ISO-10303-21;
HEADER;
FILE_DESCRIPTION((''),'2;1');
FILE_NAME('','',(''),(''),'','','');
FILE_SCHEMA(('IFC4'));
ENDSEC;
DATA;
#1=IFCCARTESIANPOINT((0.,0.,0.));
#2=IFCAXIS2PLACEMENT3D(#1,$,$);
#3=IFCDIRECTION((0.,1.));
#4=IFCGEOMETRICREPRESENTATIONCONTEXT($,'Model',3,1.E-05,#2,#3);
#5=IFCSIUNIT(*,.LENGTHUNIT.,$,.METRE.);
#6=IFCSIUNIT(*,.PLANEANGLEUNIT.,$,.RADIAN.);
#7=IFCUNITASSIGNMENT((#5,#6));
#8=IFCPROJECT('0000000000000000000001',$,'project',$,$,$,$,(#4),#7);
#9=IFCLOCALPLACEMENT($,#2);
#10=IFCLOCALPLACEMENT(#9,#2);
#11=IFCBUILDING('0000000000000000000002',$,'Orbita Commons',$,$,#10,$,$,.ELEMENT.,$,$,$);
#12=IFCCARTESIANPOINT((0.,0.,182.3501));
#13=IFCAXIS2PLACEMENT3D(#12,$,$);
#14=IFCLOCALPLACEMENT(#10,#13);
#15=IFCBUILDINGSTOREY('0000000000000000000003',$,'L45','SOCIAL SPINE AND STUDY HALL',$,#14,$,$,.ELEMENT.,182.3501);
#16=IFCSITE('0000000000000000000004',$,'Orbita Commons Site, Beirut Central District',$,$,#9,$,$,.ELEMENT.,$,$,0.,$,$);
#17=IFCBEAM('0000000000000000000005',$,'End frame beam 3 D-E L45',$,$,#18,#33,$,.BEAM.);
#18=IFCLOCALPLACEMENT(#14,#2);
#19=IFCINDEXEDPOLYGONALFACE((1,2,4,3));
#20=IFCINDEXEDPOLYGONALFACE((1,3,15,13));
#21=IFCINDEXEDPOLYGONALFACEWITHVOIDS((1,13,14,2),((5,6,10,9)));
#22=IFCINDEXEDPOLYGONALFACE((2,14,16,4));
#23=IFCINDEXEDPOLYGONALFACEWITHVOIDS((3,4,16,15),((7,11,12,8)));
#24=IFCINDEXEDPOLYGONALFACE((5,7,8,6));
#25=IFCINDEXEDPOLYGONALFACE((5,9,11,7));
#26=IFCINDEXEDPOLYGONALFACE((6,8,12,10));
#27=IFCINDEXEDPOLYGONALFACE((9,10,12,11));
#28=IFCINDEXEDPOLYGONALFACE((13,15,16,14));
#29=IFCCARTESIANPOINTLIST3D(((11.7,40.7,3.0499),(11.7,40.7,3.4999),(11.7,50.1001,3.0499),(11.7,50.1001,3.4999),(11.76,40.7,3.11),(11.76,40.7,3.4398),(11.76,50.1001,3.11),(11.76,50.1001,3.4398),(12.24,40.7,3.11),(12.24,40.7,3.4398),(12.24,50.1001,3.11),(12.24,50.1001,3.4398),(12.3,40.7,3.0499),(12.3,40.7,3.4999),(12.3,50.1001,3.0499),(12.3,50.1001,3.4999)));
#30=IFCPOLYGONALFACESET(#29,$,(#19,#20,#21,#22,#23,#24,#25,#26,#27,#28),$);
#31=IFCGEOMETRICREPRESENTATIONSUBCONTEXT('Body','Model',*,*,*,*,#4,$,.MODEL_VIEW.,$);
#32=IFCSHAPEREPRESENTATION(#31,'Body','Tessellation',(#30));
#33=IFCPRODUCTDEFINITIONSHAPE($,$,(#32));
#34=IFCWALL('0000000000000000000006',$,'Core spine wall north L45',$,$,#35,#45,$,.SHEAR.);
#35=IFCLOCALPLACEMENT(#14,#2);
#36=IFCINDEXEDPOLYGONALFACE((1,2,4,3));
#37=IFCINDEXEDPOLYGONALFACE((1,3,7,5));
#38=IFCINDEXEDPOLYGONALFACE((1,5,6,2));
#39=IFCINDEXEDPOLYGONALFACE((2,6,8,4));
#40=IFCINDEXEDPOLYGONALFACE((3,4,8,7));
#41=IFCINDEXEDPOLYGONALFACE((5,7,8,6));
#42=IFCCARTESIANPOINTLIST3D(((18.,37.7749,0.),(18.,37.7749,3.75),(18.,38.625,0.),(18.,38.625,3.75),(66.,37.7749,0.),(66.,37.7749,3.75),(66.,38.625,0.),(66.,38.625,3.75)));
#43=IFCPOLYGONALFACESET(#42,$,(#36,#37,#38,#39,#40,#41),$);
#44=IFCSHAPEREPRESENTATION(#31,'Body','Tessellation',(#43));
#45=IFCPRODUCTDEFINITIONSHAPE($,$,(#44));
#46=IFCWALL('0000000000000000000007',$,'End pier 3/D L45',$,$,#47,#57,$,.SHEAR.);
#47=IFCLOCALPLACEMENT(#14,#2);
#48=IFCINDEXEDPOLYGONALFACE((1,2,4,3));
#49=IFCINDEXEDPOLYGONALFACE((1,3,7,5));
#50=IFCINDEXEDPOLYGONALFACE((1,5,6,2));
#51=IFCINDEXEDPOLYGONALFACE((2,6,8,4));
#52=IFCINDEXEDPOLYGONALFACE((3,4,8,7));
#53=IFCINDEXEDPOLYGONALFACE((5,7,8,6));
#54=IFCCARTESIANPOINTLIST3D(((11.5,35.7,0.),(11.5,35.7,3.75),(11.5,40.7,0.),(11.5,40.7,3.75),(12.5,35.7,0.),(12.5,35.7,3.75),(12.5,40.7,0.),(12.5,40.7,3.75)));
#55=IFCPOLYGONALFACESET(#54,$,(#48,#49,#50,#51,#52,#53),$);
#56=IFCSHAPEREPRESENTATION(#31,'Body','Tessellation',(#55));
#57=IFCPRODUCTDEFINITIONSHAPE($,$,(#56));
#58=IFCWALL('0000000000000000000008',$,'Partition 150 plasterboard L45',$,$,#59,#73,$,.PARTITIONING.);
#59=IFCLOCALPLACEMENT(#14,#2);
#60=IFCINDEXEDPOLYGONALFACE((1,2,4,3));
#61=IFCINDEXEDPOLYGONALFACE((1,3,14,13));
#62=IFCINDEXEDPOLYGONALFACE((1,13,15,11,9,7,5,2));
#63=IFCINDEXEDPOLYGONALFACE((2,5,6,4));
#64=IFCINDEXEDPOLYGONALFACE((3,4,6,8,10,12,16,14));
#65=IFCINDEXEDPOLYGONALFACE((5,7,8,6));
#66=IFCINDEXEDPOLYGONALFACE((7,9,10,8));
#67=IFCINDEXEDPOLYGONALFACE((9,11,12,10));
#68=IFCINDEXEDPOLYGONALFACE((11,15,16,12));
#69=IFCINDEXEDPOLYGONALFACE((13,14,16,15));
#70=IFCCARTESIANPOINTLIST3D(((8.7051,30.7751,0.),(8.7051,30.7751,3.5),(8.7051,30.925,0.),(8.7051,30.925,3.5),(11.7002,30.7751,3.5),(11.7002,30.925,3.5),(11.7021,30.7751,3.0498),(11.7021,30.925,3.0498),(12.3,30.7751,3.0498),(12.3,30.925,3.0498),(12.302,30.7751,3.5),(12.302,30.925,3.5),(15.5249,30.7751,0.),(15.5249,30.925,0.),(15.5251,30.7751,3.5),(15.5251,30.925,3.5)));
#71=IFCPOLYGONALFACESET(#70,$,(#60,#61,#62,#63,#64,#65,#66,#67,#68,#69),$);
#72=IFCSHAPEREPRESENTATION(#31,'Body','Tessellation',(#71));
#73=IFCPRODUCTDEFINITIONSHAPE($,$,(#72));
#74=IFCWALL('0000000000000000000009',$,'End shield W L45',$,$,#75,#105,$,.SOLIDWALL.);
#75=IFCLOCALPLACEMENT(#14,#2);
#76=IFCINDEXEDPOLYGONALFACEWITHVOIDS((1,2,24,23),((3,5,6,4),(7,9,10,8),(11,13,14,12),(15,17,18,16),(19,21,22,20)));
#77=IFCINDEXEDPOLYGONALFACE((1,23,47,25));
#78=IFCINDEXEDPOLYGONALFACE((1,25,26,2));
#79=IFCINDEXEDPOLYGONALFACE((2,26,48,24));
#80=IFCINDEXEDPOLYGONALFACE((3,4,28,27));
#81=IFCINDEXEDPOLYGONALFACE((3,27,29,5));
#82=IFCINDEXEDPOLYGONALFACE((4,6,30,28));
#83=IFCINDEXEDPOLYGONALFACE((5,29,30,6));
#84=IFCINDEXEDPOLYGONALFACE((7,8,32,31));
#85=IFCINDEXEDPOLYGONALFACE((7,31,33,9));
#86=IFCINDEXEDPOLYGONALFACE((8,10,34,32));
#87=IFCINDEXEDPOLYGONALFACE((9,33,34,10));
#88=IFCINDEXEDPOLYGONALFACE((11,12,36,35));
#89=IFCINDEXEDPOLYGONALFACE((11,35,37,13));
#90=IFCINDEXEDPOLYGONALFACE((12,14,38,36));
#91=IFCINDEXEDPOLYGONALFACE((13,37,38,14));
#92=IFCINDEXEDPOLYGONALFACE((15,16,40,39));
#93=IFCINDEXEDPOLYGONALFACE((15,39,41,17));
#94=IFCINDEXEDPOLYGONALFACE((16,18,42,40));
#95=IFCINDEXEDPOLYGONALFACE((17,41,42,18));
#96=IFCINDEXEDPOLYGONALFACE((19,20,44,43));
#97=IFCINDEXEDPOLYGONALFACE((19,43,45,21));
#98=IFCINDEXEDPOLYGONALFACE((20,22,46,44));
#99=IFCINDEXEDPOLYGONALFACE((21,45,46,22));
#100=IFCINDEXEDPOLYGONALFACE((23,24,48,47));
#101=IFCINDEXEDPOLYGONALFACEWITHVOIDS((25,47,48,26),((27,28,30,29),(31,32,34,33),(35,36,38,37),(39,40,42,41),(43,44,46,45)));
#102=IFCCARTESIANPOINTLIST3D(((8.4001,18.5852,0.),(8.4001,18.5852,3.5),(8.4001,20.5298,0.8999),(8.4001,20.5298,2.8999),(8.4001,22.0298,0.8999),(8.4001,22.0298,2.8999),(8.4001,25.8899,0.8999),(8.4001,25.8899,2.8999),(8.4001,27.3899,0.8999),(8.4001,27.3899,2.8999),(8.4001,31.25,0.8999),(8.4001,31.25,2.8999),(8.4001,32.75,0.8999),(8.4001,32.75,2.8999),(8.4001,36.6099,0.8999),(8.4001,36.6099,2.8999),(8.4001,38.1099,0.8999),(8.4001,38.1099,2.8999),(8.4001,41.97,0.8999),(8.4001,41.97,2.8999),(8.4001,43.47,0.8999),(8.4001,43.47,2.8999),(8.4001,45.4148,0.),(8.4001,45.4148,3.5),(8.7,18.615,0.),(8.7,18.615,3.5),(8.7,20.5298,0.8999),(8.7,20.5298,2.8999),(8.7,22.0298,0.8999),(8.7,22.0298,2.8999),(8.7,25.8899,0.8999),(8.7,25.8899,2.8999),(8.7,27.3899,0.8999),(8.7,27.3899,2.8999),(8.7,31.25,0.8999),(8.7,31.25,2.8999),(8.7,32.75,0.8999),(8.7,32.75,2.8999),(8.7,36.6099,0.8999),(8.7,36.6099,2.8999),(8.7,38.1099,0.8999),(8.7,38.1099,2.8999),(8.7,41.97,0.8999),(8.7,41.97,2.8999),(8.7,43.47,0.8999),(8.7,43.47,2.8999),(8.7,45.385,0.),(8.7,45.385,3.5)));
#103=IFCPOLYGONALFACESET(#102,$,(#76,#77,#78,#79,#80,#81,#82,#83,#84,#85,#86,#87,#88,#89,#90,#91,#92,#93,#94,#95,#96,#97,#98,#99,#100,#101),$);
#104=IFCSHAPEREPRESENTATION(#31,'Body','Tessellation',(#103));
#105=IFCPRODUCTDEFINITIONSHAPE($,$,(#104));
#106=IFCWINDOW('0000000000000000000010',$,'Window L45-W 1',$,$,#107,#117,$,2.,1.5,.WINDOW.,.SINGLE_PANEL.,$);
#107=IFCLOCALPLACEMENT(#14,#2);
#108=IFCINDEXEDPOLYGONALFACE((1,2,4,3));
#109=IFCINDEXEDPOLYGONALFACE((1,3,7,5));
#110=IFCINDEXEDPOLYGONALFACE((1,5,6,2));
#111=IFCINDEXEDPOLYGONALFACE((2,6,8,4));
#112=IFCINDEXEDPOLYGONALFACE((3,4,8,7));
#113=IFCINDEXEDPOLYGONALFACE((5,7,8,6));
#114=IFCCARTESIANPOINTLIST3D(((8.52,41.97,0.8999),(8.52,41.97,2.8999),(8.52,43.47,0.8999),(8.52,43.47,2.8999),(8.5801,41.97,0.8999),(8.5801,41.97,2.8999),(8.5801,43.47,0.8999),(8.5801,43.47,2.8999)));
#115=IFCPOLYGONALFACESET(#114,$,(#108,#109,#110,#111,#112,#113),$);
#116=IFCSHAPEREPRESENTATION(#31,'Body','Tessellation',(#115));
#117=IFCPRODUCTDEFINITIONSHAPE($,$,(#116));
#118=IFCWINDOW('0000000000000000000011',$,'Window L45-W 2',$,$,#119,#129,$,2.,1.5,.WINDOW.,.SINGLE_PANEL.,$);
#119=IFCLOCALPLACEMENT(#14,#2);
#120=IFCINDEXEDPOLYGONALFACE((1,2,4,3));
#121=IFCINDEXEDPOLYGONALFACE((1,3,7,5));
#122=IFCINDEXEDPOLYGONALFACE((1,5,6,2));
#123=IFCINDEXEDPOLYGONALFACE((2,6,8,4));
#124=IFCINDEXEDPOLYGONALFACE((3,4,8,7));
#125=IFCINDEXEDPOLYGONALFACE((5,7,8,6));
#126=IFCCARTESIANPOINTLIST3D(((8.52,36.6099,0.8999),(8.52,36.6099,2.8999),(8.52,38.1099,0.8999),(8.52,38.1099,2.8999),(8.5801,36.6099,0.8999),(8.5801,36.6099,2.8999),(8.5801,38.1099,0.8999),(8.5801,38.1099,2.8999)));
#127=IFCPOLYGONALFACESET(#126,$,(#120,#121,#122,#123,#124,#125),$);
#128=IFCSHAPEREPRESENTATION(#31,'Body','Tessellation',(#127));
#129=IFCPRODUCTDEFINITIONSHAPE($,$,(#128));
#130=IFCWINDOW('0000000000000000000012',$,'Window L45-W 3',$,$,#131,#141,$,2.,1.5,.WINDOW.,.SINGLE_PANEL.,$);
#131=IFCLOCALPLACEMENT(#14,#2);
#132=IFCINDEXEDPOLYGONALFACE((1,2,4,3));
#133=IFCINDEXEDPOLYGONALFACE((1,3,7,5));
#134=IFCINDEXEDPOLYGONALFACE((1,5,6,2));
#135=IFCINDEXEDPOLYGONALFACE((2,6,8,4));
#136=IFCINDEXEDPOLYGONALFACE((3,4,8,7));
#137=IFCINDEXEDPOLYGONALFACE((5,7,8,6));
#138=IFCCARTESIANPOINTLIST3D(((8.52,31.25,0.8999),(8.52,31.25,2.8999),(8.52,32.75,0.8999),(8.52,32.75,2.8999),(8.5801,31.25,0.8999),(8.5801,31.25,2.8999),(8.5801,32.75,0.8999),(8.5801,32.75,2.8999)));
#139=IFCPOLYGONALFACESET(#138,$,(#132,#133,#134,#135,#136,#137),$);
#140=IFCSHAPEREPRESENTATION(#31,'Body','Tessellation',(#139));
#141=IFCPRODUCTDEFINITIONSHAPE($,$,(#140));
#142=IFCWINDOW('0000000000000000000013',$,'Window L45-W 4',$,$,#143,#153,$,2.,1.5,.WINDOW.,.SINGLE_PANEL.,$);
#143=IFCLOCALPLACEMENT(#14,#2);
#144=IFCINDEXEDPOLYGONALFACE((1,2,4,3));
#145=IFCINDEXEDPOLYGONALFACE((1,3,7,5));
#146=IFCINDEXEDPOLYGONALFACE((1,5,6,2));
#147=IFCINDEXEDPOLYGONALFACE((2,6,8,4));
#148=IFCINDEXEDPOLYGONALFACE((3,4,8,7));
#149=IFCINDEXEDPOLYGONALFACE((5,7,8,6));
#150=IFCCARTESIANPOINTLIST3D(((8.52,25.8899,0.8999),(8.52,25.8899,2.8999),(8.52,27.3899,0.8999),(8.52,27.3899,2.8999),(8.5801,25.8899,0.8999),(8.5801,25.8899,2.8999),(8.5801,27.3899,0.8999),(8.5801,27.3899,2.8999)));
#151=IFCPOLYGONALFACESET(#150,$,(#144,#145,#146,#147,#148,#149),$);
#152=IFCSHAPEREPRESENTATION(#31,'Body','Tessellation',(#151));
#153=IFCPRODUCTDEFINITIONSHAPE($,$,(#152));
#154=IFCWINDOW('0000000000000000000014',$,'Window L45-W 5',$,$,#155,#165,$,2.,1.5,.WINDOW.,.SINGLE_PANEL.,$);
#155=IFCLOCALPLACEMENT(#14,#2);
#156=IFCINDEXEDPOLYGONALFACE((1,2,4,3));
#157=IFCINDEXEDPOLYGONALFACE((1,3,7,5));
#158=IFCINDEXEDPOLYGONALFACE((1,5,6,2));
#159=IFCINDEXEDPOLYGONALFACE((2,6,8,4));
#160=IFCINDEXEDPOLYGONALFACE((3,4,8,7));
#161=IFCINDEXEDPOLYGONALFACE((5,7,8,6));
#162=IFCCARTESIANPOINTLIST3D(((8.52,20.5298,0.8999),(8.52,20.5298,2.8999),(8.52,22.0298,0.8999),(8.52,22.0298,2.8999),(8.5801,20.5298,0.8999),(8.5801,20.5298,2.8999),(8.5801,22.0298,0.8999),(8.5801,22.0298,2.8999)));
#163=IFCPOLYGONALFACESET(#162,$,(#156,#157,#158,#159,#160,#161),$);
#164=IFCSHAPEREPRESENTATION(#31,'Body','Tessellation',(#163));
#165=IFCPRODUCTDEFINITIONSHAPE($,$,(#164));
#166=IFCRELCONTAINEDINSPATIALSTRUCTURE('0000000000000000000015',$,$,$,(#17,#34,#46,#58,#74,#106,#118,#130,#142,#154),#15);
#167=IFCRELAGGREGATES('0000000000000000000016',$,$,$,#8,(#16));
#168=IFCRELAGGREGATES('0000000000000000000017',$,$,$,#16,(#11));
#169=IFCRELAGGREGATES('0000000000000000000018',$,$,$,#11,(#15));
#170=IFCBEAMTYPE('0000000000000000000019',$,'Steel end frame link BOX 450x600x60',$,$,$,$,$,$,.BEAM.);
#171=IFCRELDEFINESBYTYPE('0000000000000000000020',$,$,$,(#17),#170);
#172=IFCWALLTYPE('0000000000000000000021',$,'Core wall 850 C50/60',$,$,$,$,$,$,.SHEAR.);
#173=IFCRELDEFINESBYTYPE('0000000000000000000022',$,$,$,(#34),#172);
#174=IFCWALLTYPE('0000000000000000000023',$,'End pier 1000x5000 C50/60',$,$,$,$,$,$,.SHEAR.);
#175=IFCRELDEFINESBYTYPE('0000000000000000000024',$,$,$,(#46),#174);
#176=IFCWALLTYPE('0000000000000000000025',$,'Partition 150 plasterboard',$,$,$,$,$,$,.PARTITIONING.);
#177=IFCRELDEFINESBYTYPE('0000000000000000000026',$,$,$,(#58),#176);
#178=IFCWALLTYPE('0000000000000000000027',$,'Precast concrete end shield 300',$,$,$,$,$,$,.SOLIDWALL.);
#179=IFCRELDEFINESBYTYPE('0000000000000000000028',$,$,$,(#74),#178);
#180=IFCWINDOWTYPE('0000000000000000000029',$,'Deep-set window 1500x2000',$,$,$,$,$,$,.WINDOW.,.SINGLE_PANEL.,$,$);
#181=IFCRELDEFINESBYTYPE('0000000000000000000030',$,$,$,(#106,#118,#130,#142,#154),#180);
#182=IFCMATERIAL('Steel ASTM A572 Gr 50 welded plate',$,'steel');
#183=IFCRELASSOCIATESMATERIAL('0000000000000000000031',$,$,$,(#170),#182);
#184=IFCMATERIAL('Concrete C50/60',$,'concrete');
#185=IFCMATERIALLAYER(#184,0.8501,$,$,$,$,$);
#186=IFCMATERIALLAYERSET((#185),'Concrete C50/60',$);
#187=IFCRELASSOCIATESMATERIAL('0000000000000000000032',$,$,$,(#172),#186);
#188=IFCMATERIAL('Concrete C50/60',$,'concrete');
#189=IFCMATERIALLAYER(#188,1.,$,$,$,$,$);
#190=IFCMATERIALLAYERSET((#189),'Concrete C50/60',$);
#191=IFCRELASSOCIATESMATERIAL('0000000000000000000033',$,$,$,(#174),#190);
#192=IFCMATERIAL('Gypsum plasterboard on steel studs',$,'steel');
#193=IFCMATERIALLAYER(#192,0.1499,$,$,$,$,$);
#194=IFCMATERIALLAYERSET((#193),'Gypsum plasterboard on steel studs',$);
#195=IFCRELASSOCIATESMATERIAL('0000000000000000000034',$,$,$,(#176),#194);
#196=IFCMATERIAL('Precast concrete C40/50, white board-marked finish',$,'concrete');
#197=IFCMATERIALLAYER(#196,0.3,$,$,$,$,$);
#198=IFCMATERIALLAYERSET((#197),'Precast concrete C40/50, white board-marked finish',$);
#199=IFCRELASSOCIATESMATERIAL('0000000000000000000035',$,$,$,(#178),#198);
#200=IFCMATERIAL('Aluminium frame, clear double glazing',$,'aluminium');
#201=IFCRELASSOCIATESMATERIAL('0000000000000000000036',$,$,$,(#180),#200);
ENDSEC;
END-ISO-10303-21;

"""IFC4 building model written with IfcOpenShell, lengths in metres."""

from ifc_helpers import new_model, si_unit, direction, frame, frame_2d, origin, origin_2d, place, context, subcontext, project, spatial, polyline, rectangle, hollow_rectangle, outline, extrude, material, layer, layer_set, material_profile, profile_set, type_object, element, fill, save


model = new_model("IFC4")

# Units and contexts
model_context = context("Model", 3, precision=1e-05, world=origin(), true_north=direction((0.0, 1.0)))
body_context = subcontext(model_context, "Body", "Model", "MODEL_VIEW")
ifc_project = project(units=[si_unit("LENGTHUNIT", "METRE"), si_unit("PLANEANGLEUNIT", "RADIAN")], contexts=[model_context])

# Site, building, storey
site_placement = place(None, origin())
site = spatial("IfcSite", under=ifc_project, at=site_placement, Name="Orbita Commons Site, Beirut Central District", CompositionType="ELEMENT", RefElevation=0.0)
building_placement = place(site_placement, origin())
building = spatial("IfcBuilding", under=site, at=building_placement, Name="Orbita Commons", CompositionType="ELEMENT")
storey_placement = place(building_placement, frame((0.0, 0.0, 182.3501)))
storey = spatial("IfcBuildingStorey", under=building, at=storey_placement, Name="L45", Description="SOCIAL SPINE AND STUDY HALL", CompositionType="ELEMENT", Elevation=182.3501)

# Beam
ifc_material_1 = material(Name="Steel ASTM A572 Gr 50 welded plate", Category="steel")
ifc_material_profile = material_profile(ifc_material_1, hollow_rectangle(XDim=0.6001, YDim=0.45, WallThickness=0.0601, at=origin_2d()), Name="BOX 450x600x60")
ifc_profile_set = profile_set([ifc_material_profile], Name="Steel ASTM A572 Gr 50 welded plate")
beam_type = type_object("IfcBeamType", Name="Steel end frame link BOX 450x600x60", PredefinedType="BEAM", material=ifc_profile_set)
beam_placement = place(storey_placement, frame((12.0, 40.7, 3.2749), z_axis=(0.0, 1.0, 0.0), x_axis=(-1.0, 0.0, 0.0)))
element("IfcBeam", 1, at=beam_placement, inside=storey, type_object=beam_type, Name="End frame beam 3 D-E L45", PredefinedType="BEAM", context=body_context, shape_type="SweptSolid", body=[
    extrude(hollow_rectangle(XDim=0.6001, YDim=0.45, WallThickness=0.0601, at=origin_2d()), origin(), (0.0, 0.0, 1.0), 9.4001),
])

# Walls
ifc_material_2 = material(Name="Concrete C50/60", Category="concrete")
ifc_layer_1 = layer(ifc_material_2, 0.8501)
ifc_layer_set_1 = layer_set([ifc_layer_1], Name="Concrete C50/60")
wall_type_1 = type_object("IfcWallType", Name="Core wall 850 C50/60", PredefinedType="SHEAR", material=ifc_layer_set_1)
wall_1_placement = place(storey_placement, frame((18.0, 38.2, 0.0), z_axis=(0.0, 0.0, 1.0), x_axis=(1.0, 0.0, 0.0)))
element("IfcWall", 2, at=wall_1_placement, inside=storey, type_object=wall_type_1, Name="Core spine wall north L45", PredefinedType="SHEAR", context=body_context, shape_type="SweptSolid", body=[
    extrude(rectangle(XDim=48.0, YDim=0.8501, at=frame_2d((24.0, 0.0))), origin(), (0.0, 0.0, 1.0), 3.75),
])
ifc_material_3 = material(Name="Concrete C50/60", Category="concrete")
ifc_layer_2 = layer(ifc_material_3, 1.0)
ifc_layer_set_2 = layer_set([ifc_layer_2], Name="Concrete C50/60")
wall_type_2 = type_object("IfcWallType", Name="End pier 1000x5000 C50/60", PredefinedType="SHEAR", material=ifc_layer_set_2)
wall_2_placement = place(storey_placement, frame((12.0, 35.7, 0.0), z_axis=(0.0, 0.0, 1.0), x_axis=(0.0, 1.0, 0.0)))
element("IfcWall", 3, at=wall_2_placement, inside=storey, type_object=wall_type_2, Name="End pier 3/D L45", PredefinedType="SHEAR", context=body_context, shape_type="SweptSolid", body=[
    extrude(rectangle(XDim=5.0, YDim=1.0, at=frame_2d((2.5, 0.0))), origin(), (0.0, 0.0, 1.0), 3.75),
])
ifc_material_4 = material(Name="Gypsum plasterboard on steel studs", Category="steel")
ifc_layer_3 = layer(ifc_material_4, 0.1499)
ifc_layer_set_3 = layer_set([ifc_layer_3], Name="Gypsum plasterboard on steel studs")
wall_type_3 = type_object("IfcWallType", Name="Partition 150 plasterboard", PredefinedType="PARTITIONING", material=ifc_layer_set_3)
wall_3_placement = place(storey_placement, frame((8.7051, 30.8501, 0.0), z_axis=(0.0, 0.0, 1.0), x_axis=(1.0, 0.0, 0.0)))
element("IfcWall", 4, at=wall_3_placement, inside=storey, type_object=wall_type_3, Name="Partition 150 plasterboard L45", PredefinedType="PARTITIONING", context=body_context, shape_type="SweptSolid", body=[
    extrude(outline(polyline([(0.0, 0.0), (6.8198, 0.0), (6.8201, 3.5), (3.5969, 3.5), (3.595, 3.0498), (2.9971, 3.0498), (2.9951, 3.5), (0.0, 3.5), (0.0, 0.0)])), frame((0.0, 0.075, 0.0), z_axis=(0.0, -1.0, 0.0), x_axis=(1.0, 0.0, 0.0)), (0.0, 0.0, 1.0), 0.1499),
])

# Wall, openings, windows
ifc_material_5 = material(Name="Precast concrete C40/50, white board-marked finish", Category="concrete")
ifc_layer_4 = layer(ifc_material_5, 0.3)
ifc_layer_set_4 = layer_set([ifc_layer_4], Name="Precast concrete C40/50, white board-marked finish")
wall_type_4 = type_object("IfcWallType", Name="Precast concrete end shield 300", PredefinedType="SOLIDWALL", material=ifc_layer_set_4)
wall_4_placement = place(storey_placement, frame((8.55, 45.3999, 0.0), z_axis=(0.0, 0.0, 1.0), x_axis=(0.0, -1.0, 0.0)))
wall_4 = element("IfcWall", 5, at=wall_4_placement, inside=storey, type_object=wall_type_4, Name="End shield W L45", PredefinedType="SOLIDWALL", context=body_context, shape_type="SweptSolid", body=[
    extrude(outline(polyline([(-0.0149, -0.1499), (26.8147, -0.1499), (26.7849, 0.1499), (0.0149, 0.1499), (-0.0149, -0.1499)])), origin(), (0.0, 0.0, 1.0), 3.5),
])
opening_1_placement = place(wall_4_placement, frame((1.9299, 0.0, 0.8999)))
opening_1 = element("IfcOpeningElement", 6, at=opening_1_placement, cuts=wall_4, PredefinedType="OPENING", context=body_context, shape_type="SweptSolid", body=[
    extrude(rectangle(XDim=1.5, YDim=2.0, at=frame_2d((0.75, 1.0))), frame((0.0, 0.1599, 0.0), z_axis=(0.0, -1.0, 0.0), x_axis=(1.0, 0.0, 0.0)), (0.0, 0.0, 1.0), 0.3201),
])
opening_2_placement = place(wall_4_placement, frame((7.29, 0.0, 0.8999)))
opening_2 = element("IfcOpeningElement", 7, at=opening_2_placement, cuts=wall_4, PredefinedType="OPENING", context=body_context, shape_type="SweptSolid", body=[
    extrude(rectangle(XDim=1.5, YDim=2.0, at=frame_2d((0.75, 1.0))), frame((0.0, 0.1599, 0.0), z_axis=(0.0, -1.0, 0.0), x_axis=(1.0, 0.0, 0.0)), (0.0, 0.0, 1.0), 0.3201),
])
opening_3_placement = place(wall_4_placement, frame((12.6499, 0.0, 0.8999)))
opening_3 = element("IfcOpeningElement", 8, at=opening_3_placement, cuts=wall_4, PredefinedType="OPENING", context=body_context, shape_type="SweptSolid", body=[
    extrude(rectangle(XDim=1.5, YDim=2.0, at=frame_2d((0.75, 1.0))), frame((0.0, 0.1599, 0.0), z_axis=(0.0, -1.0, 0.0), x_axis=(1.0, 0.0, 0.0)), (0.0, 0.0, 1.0), 0.3201),
])
opening_4_placement = place(wall_4_placement, frame((18.01, 0.0, 0.8999)))
opening_4 = element("IfcOpeningElement", 9, at=opening_4_placement, cuts=wall_4, PredefinedType="OPENING", context=body_context, shape_type="SweptSolid", body=[
    extrude(rectangle(XDim=1.5, YDim=2.0, at=frame_2d((0.75, 1.0))), frame((0.0, 0.1599, 0.0), z_axis=(0.0, -1.0, 0.0), x_axis=(1.0, 0.0, 0.0)), (0.0, 0.0, 1.0), 0.3201),
])
opening_5_placement = place(wall_4_placement, frame((23.3701, 0.0, 0.8999)))
opening_5 = element("IfcOpeningElement", 10, at=opening_5_placement, cuts=wall_4, PredefinedType="OPENING", context=body_context, shape_type="SweptSolid", body=[
    extrude(rectangle(XDim=1.5, YDim=2.0, at=frame_2d((0.75, 1.0))), frame((0.0, 0.1599, 0.0), z_axis=(0.0, -1.0, 0.0), x_axis=(1.0, 0.0, 0.0)), (0.0, 0.0, 1.0), 0.3201),
])
ifc_material_6 = material(Name="Aluminium frame, clear double glazing", Category="aluminium")
window_type = type_object("IfcWindowType", Name="Deep-set window 1500x2000", PartitioningType="SINGLE_PANEL", PredefinedType="WINDOW", material=ifc_material_6)
window_1_placement = place(opening_1_placement, origin())
window_1 = element("IfcWindow", 11, at=window_1_placement, inside=storey, type_object=window_type, Name="Window L45-W 1", OverallHeight=2.0, OverallWidth=1.5, PartitioningType="SINGLE_PANEL", PredefinedType="WINDOW", context=body_context, shape_type="SweptSolid", body=[
    extrude(rectangle(XDim=1.5, YDim=2.0, at=frame_2d((0.75, 1.0))), frame((0.0, 0.03, 0.0), z_axis=(0.0, -1.0, 0.0), x_axis=(1.0, 0.0, 0.0)), (0.0, 0.0, 1.0), 0.0601),
])
fill(opening_1, window_1)
window_2_placement = place(opening_2_placement, origin())
window_2 = element("IfcWindow", 12, at=window_2_placement, inside=storey, type_object=window_type, Name="Window L45-W 2", OverallHeight=2.0, OverallWidth=1.5, PartitioningType="SINGLE_PANEL", PredefinedType="WINDOW", context=body_context, shape_type="SweptSolid", body=[
    extrude(rectangle(XDim=1.5, YDim=2.0, at=frame_2d((0.75, 1.0))), frame((0.0, 0.03, 0.0), z_axis=(0.0, -1.0, 0.0), x_axis=(1.0, 0.0, 0.0)), (0.0, 0.0, 1.0), 0.0601),
])
fill(opening_2, window_2)
window_3_placement = place(opening_3_placement, origin())
window_3 = element("IfcWindow", 13, at=window_3_placement, inside=storey, type_object=window_type, Name="Window L45-W 3", OverallHeight=2.0, OverallWidth=1.5, PartitioningType="SINGLE_PANEL", PredefinedType="WINDOW", context=body_context, shape_type="SweptSolid", body=[
    extrude(rectangle(XDim=1.5, YDim=2.0, at=frame_2d((0.75, 1.0))), frame((0.0, 0.03, 0.0), z_axis=(0.0, -1.0, 0.0), x_axis=(1.0, 0.0, 0.0)), (0.0, 0.0, 1.0), 0.0601),
])
fill(opening_3, window_3)
window_4_placement = place(opening_4_placement, origin())
window_4 = element("IfcWindow", 14, at=window_4_placement, inside=storey, type_object=window_type, Name="Window L45-W 4", OverallHeight=2.0, OverallWidth=1.5, PartitioningType="SINGLE_PANEL", PredefinedType="WINDOW", context=body_context, shape_type="SweptSolid", body=[
    extrude(rectangle(XDim=1.5, YDim=2.0, at=frame_2d((0.75, 1.0))), frame((0.0, 0.03, 0.0), z_axis=(0.0, -1.0, 0.0), x_axis=(1.0, 0.0, 0.0)), (0.0, 0.0, 1.0), 0.0601),
])
fill(opening_4, window_4)
window_5_placement = place(opening_5_placement, origin())
window_5 = element("IfcWindow", 15, at=window_5_placement, inside=storey, type_object=window_type, Name="Window L45-W 5", OverallHeight=2.0, OverallWidth=1.5, PartitioningType="SINGLE_PANEL", PredefinedType="WINDOW", context=body_context, shape_type="SweptSolid", body=[
    extrude(rectangle(XDim=1.5, YDim=2.0, at=frame_2d((0.75, 1.0))), frame((0.0, 0.03, 0.0), z_axis=(0.0, -1.0, 0.0), x_axis=(1.0, 0.0, 0.0)), (0.0, 0.0, 1.0), 0.0601),
])
fill(opening_5, window_5)

save(model, "model.ifc")
